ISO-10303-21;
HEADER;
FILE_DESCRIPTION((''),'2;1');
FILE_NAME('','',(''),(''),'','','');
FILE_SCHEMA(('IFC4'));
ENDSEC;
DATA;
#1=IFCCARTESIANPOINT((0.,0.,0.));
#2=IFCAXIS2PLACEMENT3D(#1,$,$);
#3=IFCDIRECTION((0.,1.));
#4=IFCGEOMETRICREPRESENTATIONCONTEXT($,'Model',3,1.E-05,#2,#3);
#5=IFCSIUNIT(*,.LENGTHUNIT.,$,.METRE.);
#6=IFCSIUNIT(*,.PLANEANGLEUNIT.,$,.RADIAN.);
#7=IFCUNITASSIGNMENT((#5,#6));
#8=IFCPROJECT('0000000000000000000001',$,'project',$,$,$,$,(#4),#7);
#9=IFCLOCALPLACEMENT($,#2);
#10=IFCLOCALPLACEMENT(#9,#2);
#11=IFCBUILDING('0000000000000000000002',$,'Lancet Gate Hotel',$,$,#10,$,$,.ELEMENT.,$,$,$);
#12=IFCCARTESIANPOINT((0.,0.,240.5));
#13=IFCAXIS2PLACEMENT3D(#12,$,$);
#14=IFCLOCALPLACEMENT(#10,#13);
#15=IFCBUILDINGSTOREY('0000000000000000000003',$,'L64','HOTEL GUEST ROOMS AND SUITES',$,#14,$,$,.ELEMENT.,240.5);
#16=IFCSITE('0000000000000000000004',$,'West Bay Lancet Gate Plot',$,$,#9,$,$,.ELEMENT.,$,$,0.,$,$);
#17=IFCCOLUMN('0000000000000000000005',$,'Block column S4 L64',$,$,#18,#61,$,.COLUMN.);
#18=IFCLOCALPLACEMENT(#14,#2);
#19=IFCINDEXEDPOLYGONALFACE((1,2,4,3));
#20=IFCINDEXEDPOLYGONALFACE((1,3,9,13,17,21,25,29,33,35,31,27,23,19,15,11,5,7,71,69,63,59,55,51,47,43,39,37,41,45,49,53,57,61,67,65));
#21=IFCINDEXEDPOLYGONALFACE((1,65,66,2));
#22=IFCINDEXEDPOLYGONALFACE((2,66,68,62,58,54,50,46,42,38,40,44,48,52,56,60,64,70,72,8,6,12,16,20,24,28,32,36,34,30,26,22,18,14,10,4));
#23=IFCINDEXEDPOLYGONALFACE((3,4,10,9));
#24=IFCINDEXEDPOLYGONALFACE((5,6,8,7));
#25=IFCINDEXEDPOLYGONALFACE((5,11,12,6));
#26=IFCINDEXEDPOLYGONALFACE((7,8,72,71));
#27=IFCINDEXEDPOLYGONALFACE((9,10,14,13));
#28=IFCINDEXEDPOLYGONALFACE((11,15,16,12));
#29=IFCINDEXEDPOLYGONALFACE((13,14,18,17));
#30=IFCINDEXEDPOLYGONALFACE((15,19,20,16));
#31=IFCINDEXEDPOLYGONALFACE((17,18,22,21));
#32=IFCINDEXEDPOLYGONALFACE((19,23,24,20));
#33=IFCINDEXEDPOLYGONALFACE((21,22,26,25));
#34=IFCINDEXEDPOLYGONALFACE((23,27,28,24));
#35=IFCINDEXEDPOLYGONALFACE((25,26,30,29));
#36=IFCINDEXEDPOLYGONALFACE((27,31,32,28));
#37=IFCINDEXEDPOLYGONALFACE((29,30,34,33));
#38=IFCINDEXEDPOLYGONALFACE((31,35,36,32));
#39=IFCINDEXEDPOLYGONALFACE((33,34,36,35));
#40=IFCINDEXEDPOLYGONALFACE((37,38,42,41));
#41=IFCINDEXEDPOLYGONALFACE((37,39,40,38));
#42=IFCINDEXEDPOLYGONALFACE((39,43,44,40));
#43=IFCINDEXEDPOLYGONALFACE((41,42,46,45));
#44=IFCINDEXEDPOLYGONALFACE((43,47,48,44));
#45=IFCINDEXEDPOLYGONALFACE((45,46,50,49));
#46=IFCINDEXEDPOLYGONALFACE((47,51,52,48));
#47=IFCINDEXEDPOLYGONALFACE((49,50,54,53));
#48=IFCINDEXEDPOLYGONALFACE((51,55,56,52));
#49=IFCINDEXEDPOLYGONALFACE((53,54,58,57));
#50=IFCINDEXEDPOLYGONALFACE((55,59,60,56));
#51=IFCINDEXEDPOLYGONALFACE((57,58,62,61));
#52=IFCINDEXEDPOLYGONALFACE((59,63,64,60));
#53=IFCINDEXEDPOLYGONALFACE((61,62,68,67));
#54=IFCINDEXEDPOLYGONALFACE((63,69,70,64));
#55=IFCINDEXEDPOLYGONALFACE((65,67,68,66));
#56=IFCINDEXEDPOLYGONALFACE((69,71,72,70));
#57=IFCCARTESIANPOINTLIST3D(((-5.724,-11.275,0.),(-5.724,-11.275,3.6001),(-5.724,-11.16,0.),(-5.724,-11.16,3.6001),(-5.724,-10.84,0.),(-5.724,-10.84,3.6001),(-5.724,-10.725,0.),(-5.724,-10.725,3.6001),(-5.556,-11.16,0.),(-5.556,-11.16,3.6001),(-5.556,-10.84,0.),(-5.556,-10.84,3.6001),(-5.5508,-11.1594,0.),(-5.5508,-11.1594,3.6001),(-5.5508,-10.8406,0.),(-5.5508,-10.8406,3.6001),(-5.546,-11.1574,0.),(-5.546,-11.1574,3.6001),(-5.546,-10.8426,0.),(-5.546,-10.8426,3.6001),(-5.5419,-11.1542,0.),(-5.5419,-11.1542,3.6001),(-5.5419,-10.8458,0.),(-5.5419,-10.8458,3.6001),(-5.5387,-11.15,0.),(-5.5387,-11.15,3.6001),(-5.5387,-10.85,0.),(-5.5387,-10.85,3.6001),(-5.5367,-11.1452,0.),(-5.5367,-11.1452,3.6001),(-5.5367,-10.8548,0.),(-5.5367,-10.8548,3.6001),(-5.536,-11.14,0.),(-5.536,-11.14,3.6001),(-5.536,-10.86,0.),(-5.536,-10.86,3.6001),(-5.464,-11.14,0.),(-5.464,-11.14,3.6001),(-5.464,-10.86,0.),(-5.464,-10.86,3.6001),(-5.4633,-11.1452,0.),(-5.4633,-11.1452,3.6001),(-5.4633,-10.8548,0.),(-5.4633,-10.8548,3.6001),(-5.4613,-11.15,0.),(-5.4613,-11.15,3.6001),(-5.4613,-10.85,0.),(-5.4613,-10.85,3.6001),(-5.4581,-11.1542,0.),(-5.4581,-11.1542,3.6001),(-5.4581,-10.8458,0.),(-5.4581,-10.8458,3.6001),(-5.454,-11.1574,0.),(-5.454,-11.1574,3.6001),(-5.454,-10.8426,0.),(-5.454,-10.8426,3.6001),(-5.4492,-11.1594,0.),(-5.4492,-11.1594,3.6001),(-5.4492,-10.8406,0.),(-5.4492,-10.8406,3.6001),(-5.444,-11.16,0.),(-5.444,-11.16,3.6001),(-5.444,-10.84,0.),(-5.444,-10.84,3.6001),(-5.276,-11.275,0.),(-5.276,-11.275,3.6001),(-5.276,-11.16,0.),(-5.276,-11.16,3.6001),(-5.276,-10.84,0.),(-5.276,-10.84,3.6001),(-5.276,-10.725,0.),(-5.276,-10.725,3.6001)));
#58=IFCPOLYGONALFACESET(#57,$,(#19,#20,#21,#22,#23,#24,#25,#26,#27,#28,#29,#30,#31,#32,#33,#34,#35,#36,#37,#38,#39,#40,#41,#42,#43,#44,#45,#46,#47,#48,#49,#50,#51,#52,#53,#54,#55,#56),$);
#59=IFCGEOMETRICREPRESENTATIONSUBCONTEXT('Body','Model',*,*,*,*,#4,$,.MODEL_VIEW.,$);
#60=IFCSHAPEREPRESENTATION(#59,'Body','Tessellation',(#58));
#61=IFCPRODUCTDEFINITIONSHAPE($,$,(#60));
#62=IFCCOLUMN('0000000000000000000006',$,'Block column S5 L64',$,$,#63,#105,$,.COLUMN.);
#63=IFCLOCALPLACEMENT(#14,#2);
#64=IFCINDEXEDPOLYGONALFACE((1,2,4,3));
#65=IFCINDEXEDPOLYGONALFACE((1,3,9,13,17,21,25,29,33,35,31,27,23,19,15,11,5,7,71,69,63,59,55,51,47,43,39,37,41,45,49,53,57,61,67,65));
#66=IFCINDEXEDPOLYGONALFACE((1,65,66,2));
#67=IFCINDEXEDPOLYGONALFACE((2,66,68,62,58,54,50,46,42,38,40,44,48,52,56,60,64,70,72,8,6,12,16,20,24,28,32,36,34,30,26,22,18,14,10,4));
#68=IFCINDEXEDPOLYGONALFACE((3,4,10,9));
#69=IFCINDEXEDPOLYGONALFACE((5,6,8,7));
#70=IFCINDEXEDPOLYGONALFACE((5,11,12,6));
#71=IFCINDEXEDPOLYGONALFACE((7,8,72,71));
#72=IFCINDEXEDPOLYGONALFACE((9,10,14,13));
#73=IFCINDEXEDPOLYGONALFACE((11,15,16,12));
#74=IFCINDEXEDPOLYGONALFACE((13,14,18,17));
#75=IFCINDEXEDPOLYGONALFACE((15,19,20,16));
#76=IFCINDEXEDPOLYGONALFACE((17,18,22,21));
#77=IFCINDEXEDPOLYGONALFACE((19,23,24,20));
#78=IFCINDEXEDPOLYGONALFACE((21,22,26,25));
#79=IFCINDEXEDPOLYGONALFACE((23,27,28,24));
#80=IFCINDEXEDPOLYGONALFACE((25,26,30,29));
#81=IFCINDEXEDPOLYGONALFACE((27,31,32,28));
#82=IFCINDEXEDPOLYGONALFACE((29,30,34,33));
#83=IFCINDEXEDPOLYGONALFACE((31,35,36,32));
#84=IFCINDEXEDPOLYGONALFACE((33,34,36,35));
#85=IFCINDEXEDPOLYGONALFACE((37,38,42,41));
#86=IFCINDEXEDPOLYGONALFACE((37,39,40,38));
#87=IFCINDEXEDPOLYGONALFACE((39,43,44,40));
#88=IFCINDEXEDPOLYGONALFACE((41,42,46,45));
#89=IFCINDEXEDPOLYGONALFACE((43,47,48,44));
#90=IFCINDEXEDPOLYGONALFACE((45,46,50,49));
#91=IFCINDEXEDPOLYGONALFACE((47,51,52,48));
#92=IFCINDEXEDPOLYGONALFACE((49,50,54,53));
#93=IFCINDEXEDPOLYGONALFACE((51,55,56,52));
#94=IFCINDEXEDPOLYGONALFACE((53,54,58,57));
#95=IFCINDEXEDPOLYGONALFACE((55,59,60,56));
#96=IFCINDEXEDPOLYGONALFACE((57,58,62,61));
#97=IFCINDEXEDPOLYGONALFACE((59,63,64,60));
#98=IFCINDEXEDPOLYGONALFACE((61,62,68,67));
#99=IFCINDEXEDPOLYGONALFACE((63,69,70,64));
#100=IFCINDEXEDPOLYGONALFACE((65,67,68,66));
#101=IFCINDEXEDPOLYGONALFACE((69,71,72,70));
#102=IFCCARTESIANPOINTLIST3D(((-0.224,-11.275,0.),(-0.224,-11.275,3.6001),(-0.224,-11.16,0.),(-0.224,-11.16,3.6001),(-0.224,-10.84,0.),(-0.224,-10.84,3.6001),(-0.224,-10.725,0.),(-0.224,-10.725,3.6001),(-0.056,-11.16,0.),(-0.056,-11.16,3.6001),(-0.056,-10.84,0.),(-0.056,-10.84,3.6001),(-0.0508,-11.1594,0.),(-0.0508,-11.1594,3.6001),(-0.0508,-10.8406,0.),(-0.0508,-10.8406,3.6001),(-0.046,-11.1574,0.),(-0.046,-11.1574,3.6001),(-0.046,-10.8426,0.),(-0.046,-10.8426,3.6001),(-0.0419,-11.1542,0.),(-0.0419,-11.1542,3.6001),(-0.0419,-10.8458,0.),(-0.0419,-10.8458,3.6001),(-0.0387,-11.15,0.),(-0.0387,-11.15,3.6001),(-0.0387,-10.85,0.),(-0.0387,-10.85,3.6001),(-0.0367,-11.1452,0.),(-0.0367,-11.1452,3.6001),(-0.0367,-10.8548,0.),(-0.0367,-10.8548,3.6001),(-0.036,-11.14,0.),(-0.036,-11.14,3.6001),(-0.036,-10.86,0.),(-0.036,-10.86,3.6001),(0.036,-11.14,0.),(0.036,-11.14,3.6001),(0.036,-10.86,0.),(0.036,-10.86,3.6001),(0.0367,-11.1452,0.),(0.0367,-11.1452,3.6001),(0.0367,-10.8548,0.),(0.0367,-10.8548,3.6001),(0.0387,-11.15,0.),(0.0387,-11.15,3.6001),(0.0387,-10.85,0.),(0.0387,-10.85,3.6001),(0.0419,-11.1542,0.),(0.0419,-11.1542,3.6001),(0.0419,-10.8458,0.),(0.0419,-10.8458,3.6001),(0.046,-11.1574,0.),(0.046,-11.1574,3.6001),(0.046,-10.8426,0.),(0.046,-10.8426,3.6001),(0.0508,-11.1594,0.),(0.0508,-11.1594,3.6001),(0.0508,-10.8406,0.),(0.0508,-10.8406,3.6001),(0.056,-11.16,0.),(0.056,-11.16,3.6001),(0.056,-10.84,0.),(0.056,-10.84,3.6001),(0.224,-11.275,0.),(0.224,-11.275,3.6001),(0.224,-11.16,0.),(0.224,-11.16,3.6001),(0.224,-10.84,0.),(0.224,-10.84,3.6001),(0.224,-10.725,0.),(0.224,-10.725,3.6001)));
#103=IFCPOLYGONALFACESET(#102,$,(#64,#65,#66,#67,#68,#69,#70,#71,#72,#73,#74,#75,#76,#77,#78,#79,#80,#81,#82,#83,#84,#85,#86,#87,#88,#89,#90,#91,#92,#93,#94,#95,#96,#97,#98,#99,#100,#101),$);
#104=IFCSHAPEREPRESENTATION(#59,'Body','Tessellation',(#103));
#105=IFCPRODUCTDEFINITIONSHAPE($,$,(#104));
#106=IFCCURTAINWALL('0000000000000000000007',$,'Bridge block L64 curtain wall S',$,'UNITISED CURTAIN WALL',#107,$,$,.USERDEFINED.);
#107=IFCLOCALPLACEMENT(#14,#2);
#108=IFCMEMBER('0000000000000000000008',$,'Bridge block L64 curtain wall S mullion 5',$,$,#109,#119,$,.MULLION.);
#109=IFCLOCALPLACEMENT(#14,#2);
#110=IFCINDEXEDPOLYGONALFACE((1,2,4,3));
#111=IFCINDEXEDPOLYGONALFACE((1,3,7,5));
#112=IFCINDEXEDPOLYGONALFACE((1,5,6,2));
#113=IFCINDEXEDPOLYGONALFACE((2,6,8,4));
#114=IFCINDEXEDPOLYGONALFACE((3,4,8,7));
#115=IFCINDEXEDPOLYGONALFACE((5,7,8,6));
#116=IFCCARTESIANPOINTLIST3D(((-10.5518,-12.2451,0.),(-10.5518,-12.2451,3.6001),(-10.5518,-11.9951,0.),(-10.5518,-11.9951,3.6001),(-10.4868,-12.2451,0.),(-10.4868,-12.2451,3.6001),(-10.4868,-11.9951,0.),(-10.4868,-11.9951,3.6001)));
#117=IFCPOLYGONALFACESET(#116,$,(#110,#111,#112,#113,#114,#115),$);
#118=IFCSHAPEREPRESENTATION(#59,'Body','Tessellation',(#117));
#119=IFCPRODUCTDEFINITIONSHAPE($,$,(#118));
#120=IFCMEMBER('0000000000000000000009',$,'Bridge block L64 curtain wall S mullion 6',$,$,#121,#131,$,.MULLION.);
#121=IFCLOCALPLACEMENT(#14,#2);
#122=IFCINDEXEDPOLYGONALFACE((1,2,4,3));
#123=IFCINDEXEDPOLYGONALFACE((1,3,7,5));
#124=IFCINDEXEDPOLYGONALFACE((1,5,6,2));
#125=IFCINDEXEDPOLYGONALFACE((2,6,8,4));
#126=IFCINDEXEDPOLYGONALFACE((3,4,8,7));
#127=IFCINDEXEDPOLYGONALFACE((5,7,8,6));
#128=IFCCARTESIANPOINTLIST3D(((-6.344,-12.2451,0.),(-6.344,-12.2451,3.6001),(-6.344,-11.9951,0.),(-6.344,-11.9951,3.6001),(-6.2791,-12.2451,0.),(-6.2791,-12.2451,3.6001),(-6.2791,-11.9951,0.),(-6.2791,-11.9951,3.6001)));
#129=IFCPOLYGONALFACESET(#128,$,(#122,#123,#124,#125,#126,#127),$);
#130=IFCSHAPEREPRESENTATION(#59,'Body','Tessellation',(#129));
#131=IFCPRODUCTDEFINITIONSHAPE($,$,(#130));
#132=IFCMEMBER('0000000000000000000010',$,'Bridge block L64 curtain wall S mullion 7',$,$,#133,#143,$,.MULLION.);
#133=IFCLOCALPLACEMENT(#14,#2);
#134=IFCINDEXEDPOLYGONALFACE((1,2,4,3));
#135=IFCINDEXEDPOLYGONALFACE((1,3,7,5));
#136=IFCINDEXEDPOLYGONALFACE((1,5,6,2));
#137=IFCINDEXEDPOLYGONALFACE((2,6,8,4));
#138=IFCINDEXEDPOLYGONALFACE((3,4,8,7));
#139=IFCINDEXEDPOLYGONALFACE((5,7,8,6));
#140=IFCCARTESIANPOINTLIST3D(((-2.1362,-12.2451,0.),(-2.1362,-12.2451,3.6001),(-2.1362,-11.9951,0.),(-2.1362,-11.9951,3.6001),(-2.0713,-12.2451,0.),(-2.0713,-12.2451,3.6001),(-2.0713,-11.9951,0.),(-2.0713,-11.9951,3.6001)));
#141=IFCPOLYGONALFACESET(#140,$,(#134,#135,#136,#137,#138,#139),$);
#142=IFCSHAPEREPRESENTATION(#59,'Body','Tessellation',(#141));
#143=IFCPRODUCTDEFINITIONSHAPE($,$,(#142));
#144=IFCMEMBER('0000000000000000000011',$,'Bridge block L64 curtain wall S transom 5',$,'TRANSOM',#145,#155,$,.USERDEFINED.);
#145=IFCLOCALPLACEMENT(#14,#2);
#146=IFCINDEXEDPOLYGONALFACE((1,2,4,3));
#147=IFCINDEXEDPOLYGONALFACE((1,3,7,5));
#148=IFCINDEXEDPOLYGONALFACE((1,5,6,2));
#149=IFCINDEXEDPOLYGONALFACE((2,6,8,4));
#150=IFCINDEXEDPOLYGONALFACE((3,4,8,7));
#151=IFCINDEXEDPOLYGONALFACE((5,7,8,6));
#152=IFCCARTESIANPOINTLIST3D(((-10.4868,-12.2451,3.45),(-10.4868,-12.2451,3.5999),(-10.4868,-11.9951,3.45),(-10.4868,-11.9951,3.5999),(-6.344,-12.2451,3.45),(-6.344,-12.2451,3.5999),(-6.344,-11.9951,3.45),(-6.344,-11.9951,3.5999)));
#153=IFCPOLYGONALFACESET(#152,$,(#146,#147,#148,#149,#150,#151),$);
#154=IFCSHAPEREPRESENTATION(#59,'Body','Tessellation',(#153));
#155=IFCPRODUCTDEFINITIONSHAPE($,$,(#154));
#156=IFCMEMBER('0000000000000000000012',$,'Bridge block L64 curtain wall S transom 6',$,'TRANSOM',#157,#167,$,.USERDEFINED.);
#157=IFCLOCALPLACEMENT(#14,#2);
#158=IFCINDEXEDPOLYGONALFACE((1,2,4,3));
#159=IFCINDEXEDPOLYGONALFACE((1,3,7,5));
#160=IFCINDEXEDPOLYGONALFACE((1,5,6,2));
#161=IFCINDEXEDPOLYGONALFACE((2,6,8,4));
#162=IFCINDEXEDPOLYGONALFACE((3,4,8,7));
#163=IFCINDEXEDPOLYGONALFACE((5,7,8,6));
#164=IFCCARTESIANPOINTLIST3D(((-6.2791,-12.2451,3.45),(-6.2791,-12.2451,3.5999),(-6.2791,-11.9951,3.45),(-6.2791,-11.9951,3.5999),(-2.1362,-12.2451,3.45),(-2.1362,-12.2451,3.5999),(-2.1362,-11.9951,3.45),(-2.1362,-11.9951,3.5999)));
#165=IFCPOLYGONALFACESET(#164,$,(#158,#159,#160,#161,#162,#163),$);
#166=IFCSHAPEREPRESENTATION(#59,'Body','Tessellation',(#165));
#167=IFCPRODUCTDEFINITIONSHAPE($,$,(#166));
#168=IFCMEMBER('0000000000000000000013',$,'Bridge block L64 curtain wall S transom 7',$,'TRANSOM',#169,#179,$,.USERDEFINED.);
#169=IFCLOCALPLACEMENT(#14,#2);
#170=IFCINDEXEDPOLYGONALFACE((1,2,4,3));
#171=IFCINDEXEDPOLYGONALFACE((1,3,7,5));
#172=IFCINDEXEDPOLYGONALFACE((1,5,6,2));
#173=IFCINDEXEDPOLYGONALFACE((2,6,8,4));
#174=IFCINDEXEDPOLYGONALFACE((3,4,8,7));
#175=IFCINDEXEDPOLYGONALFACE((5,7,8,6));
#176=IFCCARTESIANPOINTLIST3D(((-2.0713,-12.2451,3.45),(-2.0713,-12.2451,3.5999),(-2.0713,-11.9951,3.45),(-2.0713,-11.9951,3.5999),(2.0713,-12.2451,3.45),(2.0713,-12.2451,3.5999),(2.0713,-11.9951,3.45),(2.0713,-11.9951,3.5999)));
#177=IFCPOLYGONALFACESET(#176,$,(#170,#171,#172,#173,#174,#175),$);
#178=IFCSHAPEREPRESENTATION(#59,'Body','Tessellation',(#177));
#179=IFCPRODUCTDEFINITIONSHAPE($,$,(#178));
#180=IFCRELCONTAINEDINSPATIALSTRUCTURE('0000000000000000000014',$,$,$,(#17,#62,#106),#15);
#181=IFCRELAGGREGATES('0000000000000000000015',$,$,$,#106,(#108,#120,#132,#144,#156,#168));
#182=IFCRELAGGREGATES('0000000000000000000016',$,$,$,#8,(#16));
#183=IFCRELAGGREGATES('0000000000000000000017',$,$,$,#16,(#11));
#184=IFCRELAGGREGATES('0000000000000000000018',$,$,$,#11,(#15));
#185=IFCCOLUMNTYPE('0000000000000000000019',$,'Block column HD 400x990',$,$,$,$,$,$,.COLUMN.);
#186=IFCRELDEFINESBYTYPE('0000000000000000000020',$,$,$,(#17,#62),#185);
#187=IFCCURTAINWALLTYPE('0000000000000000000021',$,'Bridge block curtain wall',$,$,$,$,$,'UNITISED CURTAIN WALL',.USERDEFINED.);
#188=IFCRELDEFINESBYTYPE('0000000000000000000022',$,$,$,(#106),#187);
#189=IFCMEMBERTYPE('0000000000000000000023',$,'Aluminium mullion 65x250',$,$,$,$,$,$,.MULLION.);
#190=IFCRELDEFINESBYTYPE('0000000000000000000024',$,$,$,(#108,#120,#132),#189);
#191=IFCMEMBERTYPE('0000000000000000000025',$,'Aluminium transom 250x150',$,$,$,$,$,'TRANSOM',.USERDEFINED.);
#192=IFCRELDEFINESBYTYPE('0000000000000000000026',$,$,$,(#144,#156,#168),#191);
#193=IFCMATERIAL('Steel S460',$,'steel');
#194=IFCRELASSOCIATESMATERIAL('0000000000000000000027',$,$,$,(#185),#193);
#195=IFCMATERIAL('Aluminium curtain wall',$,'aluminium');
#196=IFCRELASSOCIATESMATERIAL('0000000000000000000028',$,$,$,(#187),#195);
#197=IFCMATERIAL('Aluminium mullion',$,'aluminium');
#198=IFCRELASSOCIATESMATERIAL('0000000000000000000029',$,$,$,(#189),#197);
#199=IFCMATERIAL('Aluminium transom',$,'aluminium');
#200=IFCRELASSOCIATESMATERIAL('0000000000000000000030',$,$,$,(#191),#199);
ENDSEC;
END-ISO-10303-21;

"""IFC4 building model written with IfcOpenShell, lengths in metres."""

from ifc_helpers import new_model, si_unit, direction, frame, origin, origin_2d, place, context, subcontext, project, spatial, rectangle, i_section, extrude, material, material_profile, profile_set, type_object, element, aggregate, save


model = new_model("IFC4")

# Units and contexts
model_context = context("Model", 3, precision=1e-05, world=origin(), true_north=direction((0.0, 1.0)))
body_context = subcontext(model_context, "Body", "Model", "MODEL_VIEW")
ifc_project = project(units=[si_unit("LENGTHUNIT", "METRE"), si_unit("PLANEANGLEUNIT", "RADIAN")], contexts=[model_context])

# Site, building, storey
site_placement = place(None, origin())
site = spatial("IfcSite", under=ifc_project, at=site_placement, Name="West Bay Lancet Gate Plot", CompositionType="ELEMENT", RefElevation=0.0)
building_placement = place(site_placement, origin())
building = spatial("IfcBuilding", under=site, at=building_placement, Name="Lancet Gate Hotel", CompositionType="ELEMENT")
storey_placement = place(building_placement, frame((0.0, 0.0, 240.5)))
storey = spatial("IfcBuildingStorey", under=building, at=storey_placement, Name="L64", Description="HOTEL GUEST ROOMS AND SUITES", CompositionType="ELEMENT", Elevation=240.5)

# Columns
ifc_material_1 = material(Name="Steel S460", Category="steel")
ifc_material_profile_1 = material_profile(ifc_material_1, i_section(OverallWidth=0.448, OverallDepth=0.55, WebThickness=0.072, FlangeThickness=0.115, FilletRadius=0.02, at=origin_2d()), Name="HD 400x990")
ifc_profile_set_1 = profile_set([ifc_material_profile_1], Name="Steel S460")
column_type = type_object("IfcColumnType", Name="Block column HD 400x990", PredefinedType="COLUMN", material=ifc_profile_set_1)
for number, where, z_axis, x_axis, name in (
    (1, (-5.5, -11.0, 0.0), (0.0, 0.0, 1.0), (1.0, 0.0, 0.0), "Block column S4 L64"),
    (2, (0.0, -11.0, 0.0), (0.0, 0.0, 1.0), (1.0, 0.0, 0.0), "Block column S5 L64"),
):
    element("IfcColumn", number, at=place(storey_placement, frame(where, z_axis=z_axis, x_axis=x_axis)), inside=storey, type_object=column_type, Name=name, PredefinedType="COLUMN", context=body_context, shape_type="SweptSolid", body=[
        extrude(i_section(OverallWidth=0.448, OverallDepth=0.55, WebThickness=0.072, FlangeThickness=0.115, FilletRadius=0.02, at=origin_2d()), origin(), (0.0, 0.0, 1.0), 3.6001),
    ])

# Curtain wall, members
ifc_material_2 = material(Name="Aluminium curtain wall", Category="aluminium")
curtain_wall_type = type_object("IfcCurtainWallType", Name="Bridge block curtain wall", ElementType="UNITISED CURTAIN WALL", PredefinedType="USERDEFINED", material=ifc_material_2)
curtain_wall_placement = place(storey_placement, origin())
curtain_wall = element("IfcCurtainWall", 3, at=curtain_wall_placement, inside=storey, type_object=curtain_wall_type, Name="Bridge block L64 curtain wall S", ObjectType="UNITISED CURTAIN WALL", PredefinedType="USERDEFINED")
ifc_material_3 = material(Name="Aluminium mullion", Category="aluminium")
ifc_material_profile_2 = material_profile(ifc_material_3, rectangle(XDim=0.0649, YDim=0.25, at=origin_2d()), Name="MULLION 65x250")
ifc_profile_set_2 = profile_set([ifc_material_profile_2], Name="Aluminium mullion")
member_type_1 = type_object("IfcMemberType", Name="Aluminium mullion 65x250", PredefinedType="MULLION", material=ifc_profile_set_2)
member_1_placement = place(storey_placement, frame((-10.5193, -12.1201, 0.0), z_axis=(0.0, 0.0, 1.0), x_axis=(1.0, 0.0, 0.0)))
member_1 = element("IfcMember", 4, at=member_1_placement, type_object=member_type_1, Name="Bridge block L64 curtain wall S mullion 5", PredefinedType="MULLION", context=body_context, shape_type="SweptSolid", body=[
    extrude(rectangle(XDim=0.0649, YDim=0.25, at=origin_2d()), origin(), (0.0, 0.0, 1.0), 3.6001),
])
member_2_placement = place(storey_placement, frame((-6.3115, -12.1201, 0.0), z_axis=(0.0, 0.0, 1.0), x_axis=(1.0, 0.0, 0.0)))
member_2 = element("IfcMember", 5, at=member_2_placement, type_object=member_type_1, Name="Bridge block L64 curtain wall S mullion 6", PredefinedType="MULLION", context=body_context, shape_type="SweptSolid", body=[
    extrude(rectangle(XDim=0.0649, YDim=0.25, at=origin_2d()), origin(), (0.0, 0.0, 1.0), 3.6001),
])
member_3_placement = place(storey_placement, frame((-2.1038, -12.1201, 0.0), z_axis=(0.0, 0.0, 1.0), x_axis=(1.0, 0.0, 0.0)))
member_3 = element("IfcMember", 6, at=member_3_placement, type_object=member_type_1, Name="Bridge block L64 curtain wall S mullion 7", PredefinedType="MULLION", context=body_context, shape_type="SweptSolid", body=[
    extrude(rectangle(XDim=0.0649, YDim=0.25, at=origin_2d()), origin(), (0.0, 0.0, 1.0), 3.6001),
])
ifc_material_4 = material(Name="Aluminium transom", Category="aluminium")
ifc_material_profile_3 = material_profile(ifc_material_4, rectangle(XDim=0.25, YDim=0.1499, at=origin_2d()), Name="TRANSOM 250x150")
ifc_profile_set_3 = profile_set([ifc_material_profile_3], Name="Aluminium transom")
member_type_2 = type_object("IfcMemberType", Name="Aluminium transom 250x150", ElementType="TRANSOM", PredefinedType="USERDEFINED", material=ifc_profile_set_3)
member_4_placement = place(storey_placement, frame((-10.4868, -12.1201, 3.5249), z_axis=(1.0, 0.0, 0.0), x_axis=(0.0, 1.0, 0.0)))
member_4 = element("IfcMember", 7, at=member_4_placement, type_object=member_type_2, Name="Bridge block L64 curtain wall S transom 5", ObjectType="TRANSOM", PredefinedType="USERDEFINED", context=body_context, shape_type="SweptSolid", body=[
    extrude(rectangle(XDim=0.25, YDim=0.1499, at=origin_2d()), origin(), (0.0, 0.0, 1.0), 4.1428),
])
member_5_placement = place(storey_placement, frame((-6.2791, -12.1201, 3.5249), z_axis=(1.0, 0.0, 0.0), x_axis=(0.0, 1.0, 0.0)))
member_5 = element("IfcMember", 8, at=member_5_placement, type_object=member_type_2, Name="Bridge block L64 curtain wall S transom 6", ObjectType="TRANSOM", PredefinedType="USERDEFINED", context=body_context, shape_type="SweptSolid", body=[
    extrude(rectangle(XDim=0.25, YDim=0.1499, at=origin_2d()), origin(), (0.0, 0.0, 1.0), 4.1428),
])
member_6_placement = place(storey_placement, frame((-2.0713, -12.1201, 3.5249), z_axis=(1.0, 0.0, 0.0), x_axis=(0.0, 1.0, 0.0)))
member_6 = element("IfcMember", 9, at=member_6_placement, type_object=member_type_2, Name="Bridge block L64 curtain wall S transom 7", ObjectType="TRANSOM", PredefinedType="USERDEFINED", context=body_context, shape_type="SweptSolid", body=[
    extrude(rectangle(XDim=0.25, YDim=0.1499, at=origin_2d()), origin(), (0.0, 0.0, 1.0), 4.1426),
])

aggregate(curtain_wall, [member_1, member_2, member_3, member_4, member_5, member_6])

save(model, "model.ifc")
